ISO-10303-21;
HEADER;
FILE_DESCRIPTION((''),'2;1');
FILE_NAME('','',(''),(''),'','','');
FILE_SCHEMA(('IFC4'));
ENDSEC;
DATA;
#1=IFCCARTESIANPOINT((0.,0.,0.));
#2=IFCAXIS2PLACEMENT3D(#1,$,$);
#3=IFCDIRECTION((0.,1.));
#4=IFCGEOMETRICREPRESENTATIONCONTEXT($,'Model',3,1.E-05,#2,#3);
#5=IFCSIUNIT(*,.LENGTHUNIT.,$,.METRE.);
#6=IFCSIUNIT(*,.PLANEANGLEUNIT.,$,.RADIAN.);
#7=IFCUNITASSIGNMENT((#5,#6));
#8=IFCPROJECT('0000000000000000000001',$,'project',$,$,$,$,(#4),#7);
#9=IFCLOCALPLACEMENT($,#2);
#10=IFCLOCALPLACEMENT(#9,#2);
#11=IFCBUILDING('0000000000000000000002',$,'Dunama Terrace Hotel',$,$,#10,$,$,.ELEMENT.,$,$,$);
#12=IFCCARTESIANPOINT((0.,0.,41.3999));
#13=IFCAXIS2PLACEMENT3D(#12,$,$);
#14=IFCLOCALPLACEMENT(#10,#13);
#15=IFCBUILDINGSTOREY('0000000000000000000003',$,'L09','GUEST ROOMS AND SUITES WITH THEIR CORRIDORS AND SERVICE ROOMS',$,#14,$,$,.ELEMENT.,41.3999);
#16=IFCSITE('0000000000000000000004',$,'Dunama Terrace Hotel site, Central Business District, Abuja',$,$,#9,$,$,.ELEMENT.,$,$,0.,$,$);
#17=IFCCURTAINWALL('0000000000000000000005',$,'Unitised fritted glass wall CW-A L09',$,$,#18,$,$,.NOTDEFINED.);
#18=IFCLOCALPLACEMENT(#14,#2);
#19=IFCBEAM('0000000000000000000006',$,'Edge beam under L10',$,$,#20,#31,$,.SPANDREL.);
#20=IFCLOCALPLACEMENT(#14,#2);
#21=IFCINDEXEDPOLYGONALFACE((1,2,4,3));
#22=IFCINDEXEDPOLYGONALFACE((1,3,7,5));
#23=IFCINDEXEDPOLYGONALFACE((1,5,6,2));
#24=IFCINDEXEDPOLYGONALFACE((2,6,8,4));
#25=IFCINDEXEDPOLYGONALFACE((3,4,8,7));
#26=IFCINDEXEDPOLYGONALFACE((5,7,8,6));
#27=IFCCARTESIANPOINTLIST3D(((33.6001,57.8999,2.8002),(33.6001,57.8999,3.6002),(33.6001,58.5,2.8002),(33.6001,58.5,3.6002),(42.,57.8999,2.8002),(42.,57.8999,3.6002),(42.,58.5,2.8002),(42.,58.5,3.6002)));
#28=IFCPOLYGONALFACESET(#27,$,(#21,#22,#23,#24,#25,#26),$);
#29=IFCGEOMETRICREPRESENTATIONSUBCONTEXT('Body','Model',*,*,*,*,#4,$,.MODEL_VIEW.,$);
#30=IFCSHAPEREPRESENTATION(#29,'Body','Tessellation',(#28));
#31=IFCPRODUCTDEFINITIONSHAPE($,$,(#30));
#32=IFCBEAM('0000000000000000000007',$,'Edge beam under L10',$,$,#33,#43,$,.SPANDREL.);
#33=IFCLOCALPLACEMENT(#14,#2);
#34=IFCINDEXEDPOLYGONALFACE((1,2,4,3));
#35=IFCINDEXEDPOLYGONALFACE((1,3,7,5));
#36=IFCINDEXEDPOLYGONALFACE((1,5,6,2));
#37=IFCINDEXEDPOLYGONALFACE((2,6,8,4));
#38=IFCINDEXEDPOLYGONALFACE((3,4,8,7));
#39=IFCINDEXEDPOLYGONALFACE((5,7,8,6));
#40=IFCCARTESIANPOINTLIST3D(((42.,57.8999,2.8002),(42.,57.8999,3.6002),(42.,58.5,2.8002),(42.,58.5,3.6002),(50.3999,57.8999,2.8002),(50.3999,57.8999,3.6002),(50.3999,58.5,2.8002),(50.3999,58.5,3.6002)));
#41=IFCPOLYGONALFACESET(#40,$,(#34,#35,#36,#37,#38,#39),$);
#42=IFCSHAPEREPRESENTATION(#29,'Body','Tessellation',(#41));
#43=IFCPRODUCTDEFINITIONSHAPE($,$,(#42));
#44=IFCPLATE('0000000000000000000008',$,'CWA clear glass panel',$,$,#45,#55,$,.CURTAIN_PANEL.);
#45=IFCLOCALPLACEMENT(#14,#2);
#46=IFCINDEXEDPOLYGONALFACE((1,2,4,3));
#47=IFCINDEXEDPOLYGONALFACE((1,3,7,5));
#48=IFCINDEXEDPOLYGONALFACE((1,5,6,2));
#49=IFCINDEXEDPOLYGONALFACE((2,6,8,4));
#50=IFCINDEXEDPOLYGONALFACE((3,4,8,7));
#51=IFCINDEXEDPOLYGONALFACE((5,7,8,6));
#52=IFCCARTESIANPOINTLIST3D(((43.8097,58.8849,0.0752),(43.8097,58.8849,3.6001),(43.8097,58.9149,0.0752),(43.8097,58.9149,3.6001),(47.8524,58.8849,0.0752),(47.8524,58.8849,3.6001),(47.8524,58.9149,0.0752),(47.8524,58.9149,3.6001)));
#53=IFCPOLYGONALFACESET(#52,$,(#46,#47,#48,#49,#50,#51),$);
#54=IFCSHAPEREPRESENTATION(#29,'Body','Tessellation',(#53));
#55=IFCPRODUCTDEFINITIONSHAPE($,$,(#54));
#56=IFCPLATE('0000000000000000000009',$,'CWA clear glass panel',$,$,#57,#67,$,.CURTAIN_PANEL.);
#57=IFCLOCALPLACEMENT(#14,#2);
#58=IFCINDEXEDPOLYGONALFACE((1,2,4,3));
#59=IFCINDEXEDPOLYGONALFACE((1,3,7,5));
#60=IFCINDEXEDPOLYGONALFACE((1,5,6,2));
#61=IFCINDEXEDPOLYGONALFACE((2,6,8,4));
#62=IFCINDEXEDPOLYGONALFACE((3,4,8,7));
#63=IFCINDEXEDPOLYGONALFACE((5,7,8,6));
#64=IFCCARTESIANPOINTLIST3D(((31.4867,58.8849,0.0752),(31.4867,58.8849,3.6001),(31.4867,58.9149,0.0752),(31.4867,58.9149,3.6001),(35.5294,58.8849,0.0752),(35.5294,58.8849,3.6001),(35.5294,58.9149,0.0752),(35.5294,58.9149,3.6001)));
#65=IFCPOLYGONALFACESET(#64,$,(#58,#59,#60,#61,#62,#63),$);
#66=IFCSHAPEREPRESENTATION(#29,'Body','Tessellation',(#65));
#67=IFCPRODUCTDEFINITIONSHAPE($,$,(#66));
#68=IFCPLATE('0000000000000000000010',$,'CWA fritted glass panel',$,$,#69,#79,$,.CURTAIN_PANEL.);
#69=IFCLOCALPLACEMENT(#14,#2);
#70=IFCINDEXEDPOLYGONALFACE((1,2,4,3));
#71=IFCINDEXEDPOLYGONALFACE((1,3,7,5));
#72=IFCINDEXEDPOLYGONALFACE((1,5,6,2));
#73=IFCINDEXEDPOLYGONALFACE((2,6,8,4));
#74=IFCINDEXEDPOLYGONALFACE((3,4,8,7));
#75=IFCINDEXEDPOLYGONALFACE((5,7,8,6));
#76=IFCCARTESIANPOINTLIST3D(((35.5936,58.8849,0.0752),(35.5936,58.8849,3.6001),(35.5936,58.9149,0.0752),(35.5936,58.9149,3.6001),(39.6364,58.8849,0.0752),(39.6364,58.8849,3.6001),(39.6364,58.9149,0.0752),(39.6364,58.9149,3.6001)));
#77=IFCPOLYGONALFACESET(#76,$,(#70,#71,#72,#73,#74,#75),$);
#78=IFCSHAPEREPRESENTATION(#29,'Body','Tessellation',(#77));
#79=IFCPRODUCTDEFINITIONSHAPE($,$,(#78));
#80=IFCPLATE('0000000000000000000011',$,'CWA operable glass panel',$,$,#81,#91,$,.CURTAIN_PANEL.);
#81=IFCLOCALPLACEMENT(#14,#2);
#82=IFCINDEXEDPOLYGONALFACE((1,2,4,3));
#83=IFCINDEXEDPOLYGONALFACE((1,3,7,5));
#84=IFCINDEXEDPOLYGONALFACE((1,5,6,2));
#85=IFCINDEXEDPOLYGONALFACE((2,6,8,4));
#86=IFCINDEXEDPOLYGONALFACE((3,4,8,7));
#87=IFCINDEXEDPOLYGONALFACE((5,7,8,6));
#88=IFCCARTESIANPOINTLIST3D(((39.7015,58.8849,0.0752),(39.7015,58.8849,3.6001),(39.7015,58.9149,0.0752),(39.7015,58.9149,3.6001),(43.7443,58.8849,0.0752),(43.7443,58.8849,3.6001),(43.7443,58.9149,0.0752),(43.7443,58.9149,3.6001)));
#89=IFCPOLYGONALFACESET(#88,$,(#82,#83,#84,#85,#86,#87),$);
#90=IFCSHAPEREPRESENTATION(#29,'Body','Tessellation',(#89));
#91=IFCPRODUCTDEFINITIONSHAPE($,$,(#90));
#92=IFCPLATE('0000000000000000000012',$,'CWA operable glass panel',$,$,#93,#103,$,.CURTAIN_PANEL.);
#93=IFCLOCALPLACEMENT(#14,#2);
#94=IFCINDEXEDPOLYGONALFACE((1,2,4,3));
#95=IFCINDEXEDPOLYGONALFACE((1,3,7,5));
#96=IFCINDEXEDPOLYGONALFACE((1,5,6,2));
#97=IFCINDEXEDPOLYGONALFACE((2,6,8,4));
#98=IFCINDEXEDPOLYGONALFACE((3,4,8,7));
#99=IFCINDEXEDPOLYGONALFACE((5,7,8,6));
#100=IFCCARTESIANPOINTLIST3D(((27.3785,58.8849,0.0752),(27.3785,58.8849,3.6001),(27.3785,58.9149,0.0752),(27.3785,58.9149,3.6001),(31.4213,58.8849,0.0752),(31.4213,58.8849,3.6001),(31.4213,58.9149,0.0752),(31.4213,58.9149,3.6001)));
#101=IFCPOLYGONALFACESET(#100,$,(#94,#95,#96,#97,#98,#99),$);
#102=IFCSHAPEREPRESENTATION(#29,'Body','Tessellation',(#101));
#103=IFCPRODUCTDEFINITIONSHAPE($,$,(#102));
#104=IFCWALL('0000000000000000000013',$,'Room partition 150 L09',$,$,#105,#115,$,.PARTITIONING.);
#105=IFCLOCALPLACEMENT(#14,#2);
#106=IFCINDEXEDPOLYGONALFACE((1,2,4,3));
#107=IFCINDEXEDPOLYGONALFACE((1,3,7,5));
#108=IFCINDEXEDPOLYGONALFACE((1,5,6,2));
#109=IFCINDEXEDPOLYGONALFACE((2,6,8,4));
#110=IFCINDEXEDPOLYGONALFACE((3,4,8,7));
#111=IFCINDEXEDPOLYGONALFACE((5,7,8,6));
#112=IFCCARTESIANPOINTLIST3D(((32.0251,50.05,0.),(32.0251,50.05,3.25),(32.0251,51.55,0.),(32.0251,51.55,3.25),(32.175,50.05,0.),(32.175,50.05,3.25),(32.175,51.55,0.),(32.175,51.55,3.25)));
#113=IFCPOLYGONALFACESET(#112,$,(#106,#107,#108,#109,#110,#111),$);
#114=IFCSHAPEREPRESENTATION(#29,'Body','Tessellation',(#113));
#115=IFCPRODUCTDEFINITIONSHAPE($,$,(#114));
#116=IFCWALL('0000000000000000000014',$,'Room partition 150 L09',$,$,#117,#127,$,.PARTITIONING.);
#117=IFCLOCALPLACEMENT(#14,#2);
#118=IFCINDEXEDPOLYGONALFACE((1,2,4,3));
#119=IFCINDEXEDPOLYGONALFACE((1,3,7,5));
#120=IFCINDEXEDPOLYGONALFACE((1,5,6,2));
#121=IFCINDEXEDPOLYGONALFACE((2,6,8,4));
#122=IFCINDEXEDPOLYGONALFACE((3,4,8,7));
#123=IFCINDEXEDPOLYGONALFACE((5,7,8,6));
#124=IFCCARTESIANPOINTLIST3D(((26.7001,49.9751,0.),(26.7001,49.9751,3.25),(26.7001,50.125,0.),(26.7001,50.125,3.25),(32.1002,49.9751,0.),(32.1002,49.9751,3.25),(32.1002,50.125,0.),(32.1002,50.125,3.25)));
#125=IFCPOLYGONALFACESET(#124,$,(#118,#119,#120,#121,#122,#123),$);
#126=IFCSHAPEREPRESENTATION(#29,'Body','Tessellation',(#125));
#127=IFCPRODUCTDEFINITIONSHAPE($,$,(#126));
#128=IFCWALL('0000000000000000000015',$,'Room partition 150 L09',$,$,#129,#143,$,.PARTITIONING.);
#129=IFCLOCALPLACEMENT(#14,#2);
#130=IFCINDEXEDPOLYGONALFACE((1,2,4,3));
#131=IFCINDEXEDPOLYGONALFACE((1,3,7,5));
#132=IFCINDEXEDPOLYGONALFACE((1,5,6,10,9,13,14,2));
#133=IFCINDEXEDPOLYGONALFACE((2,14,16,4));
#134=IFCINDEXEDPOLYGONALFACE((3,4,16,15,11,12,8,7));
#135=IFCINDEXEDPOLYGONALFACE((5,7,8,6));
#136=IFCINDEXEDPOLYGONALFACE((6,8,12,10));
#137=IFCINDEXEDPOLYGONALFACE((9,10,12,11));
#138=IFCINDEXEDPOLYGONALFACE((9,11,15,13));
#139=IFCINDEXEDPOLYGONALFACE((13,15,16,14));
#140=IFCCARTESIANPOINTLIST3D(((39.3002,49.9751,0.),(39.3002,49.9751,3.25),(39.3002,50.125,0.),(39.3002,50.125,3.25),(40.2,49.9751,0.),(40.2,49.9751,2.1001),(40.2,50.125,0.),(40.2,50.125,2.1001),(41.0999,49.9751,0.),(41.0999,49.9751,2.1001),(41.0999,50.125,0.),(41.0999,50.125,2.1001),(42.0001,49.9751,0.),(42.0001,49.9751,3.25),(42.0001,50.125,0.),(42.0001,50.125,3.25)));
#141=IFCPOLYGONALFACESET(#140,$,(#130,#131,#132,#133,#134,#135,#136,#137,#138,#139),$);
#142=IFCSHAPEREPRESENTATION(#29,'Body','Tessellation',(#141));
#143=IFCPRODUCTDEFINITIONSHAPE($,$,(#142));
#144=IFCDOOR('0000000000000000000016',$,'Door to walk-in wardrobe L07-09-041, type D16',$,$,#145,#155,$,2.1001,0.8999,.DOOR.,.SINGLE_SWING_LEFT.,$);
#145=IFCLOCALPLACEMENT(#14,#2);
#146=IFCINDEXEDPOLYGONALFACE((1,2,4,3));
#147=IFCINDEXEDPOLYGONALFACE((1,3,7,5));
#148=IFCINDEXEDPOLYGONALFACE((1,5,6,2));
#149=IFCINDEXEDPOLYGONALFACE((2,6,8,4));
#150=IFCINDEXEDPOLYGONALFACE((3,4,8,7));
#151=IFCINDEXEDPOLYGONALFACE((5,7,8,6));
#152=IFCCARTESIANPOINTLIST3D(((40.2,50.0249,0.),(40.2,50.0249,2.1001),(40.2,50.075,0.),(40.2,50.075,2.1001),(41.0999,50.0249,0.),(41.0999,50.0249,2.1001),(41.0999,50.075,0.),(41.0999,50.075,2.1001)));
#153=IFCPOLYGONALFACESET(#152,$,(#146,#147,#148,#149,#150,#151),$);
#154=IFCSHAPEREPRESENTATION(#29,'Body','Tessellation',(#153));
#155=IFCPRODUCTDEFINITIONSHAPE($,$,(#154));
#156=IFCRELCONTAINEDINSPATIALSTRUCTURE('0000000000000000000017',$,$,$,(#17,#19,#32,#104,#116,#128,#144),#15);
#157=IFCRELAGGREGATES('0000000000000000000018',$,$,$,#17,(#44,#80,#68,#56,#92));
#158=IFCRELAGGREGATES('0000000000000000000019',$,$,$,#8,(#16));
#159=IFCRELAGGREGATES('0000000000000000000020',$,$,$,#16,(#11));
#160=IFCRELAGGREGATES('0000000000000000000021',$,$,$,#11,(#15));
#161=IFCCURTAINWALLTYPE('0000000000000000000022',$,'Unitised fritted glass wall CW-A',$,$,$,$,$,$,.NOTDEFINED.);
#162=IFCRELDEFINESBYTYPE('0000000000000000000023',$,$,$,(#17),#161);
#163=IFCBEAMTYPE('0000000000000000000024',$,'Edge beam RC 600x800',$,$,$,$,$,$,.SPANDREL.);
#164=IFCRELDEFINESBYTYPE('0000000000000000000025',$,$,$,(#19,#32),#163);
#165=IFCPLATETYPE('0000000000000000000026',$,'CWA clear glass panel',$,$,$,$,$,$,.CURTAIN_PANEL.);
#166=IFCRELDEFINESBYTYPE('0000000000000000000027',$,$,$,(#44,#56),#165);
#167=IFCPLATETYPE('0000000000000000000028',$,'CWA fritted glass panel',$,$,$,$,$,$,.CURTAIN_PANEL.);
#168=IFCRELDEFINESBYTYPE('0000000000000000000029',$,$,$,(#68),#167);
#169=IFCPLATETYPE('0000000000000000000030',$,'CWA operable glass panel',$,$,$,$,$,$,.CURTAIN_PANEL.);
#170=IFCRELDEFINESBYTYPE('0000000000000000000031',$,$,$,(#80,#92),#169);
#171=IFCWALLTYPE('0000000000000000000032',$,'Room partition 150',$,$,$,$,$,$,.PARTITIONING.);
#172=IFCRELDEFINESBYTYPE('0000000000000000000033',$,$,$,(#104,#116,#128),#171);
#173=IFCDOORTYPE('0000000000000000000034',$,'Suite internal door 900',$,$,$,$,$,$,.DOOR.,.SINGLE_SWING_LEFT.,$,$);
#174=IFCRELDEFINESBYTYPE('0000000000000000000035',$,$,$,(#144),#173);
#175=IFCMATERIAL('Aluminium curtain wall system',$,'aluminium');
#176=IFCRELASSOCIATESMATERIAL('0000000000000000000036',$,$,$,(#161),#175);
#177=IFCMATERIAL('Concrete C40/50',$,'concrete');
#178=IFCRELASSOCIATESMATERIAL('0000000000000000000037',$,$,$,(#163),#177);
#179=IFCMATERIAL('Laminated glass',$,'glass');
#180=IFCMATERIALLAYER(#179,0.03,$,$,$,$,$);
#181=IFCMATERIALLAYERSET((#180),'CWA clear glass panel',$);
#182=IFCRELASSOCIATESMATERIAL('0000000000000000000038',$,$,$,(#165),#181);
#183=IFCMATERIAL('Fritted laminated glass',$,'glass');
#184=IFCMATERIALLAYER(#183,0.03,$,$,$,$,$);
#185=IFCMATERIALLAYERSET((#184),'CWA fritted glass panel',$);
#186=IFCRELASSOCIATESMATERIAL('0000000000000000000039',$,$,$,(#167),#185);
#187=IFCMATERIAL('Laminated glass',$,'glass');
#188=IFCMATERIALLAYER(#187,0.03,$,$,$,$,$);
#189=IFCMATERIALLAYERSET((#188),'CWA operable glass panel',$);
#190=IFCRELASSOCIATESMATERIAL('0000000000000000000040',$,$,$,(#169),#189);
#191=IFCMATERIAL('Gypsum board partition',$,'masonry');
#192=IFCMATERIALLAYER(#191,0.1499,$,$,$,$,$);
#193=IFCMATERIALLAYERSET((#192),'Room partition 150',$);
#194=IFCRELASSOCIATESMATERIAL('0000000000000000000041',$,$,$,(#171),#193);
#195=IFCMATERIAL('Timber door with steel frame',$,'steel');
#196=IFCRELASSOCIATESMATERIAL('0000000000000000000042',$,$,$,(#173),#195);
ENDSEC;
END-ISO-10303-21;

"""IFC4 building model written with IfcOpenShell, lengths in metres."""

from ifc_helpers import new_model, si_unit, direction, frame, frame_2d, origin, origin_2d, place, context, subcontext, project, spatial, rectangle, extrude, material, layer, layer_set, material_profile, profile_set, type_object, element, fill, aggregate, save


model = new_model("IFC4")

# Units and contexts
model_context = context("Model", 3, precision=1e-05, world=origin(), true_north=direction((0.0, 1.0)))
body_context = subcontext(model_context, "Body", "Model", "MODEL_VIEW")
ifc_project = project(units=[si_unit("LENGTHUNIT", "METRE"), si_unit("PLANEANGLEUNIT", "RADIAN")], contexts=[model_context])

# Site, building, storey
site_placement = place(None, origin())
site = spatial("IfcSite", under=ifc_project, at=site_placement, Name="Dunama Terrace Hotel site, Central Business District, Abuja", CompositionType="ELEMENT", RefElevation=0.0)
building_placement = place(site_placement, origin())
building = spatial("IfcBuilding", under=site, at=building_placement, Name="Dunama Terrace Hotel", CompositionType="ELEMENT")
storey_placement = place(building_placement, frame((0.0, 0.0, 41.3999)))
storey = spatial("IfcBuildingStorey", under=building, at=storey_placement, Name="L09", Description="GUEST ROOMS AND SUITES WITH THEIR CORRIDORS AND SERVICE ROOMS", CompositionType="ELEMENT", Elevation=41.3999)

# Curtain wall
ifc_material_1 = material(Name="Aluminium curtain wall system", Category="aluminium")
curtain_wall_type = type_object("IfcCurtainWallType", Name="Unitised fritted glass wall CW-A", PredefinedType="NOTDEFINED", material=ifc_material_1)
curtain_wall_placement = place(storey_placement, origin())
curtain_wall = element("IfcCurtainWall", 1, at=curtain_wall_placement, inside=storey, type_object=curtain_wall_type, Name="Unitised fritted glass wall CW-A L09", PredefinedType="NOTDEFINED")

# Beams
ifc_material_2 = material(Name="Concrete C40/50", Category="concrete")
ifc_material_profile_1 = material_profile(ifc_material_2, rectangle(XDim=0.6001, YDim=0.8, at=origin_2d()), Name="RC 600x800")
ifc_profile_set_1 = profile_set([ifc_material_profile_1], Name="Concrete C40/50")
beam_type = type_object("IfcBeamType", Name="Edge beam RC 600x800", PredefinedType="SPANDREL", material=ifc_profile_set_1)
for number, where, z_axis, x_axis, name in (
    (2, (33.6001, 58.2, 3.2002), (1.0, 0.0, 0.0), (0.0, 1.0, 0.0), "Edge beam under L10"),
    (3, (42.0, 58.2, 3.2002), (1.0, 0.0, 0.0), (0.0, 1.0, 0.0), "Edge beam under L10"),
):
    element("IfcBeam", number, at=place(storey_placement, frame(where, z_axis=z_axis, x_axis=x_axis)), inside=storey, type_object=beam_type, Name=name, PredefinedType="SPANDREL", context=body_context, shape_type="SweptSolid", body=[
        extrude(rectangle(XDim=0.6001, YDim=0.8, at=origin_2d()), origin(), (0.0, 0.0, 1.0), 8.3999),
    ])

# Plates
ifc_material_3 = material(Name="Laminated glass", Category="glass")
ifc_layer_1 = layer(ifc_material_3, 0.03)
ifc_layer_set_1 = layer_set([ifc_layer_1], Name="CWA clear glass panel")
plate_type_1 = type_object("IfcPlateType", Name="CWA clear glass panel", PredefinedType="CURTAIN_PANEL", material=ifc_layer_set_1)
plate_1_placement = place(storey_placement, frame((45.8311, 58.8999, 0.0752), z_axis=(0.0, 0.0, 1.0), x_axis=(-1.0, 0.0, 0.0)))
plate_1 = element("IfcPlate", 4, at=plate_1_placement, type_object=plate_type_1, Name="CWA clear glass panel", PredefinedType="CURTAIN_PANEL", context=body_context, shape_type="SweptSolid", body=[
    extrude(rectangle(XDim=4.0427, YDim=0.03, at=origin_2d()), origin(), (0.0, 0.0, 1.0), 3.5249),
])
plate_2_placement = place(storey_placement, frame((33.5081, 58.8999, 0.0752), z_axis=(0.0, 0.0, 1.0), x_axis=(-1.0, 0.0, 0.0)))
plate_2 = element("IfcPlate", 5, at=plate_2_placement, type_object=plate_type_1, Name="CWA clear glass panel", PredefinedType="CURTAIN_PANEL", context=body_context, shape_type="SweptSolid", body=[
    extrude(rectangle(XDim=4.0427, YDim=0.03, at=origin_2d()), origin(), (0.0, 0.0, 1.0), 3.5249),
])
ifc_material_4 = material(Name="Fritted laminated glass", Category="glass")
ifc_layer_2 = layer(ifc_material_4, 0.03)
ifc_layer_set_2 = layer_set([ifc_layer_2], Name="CWA fritted glass panel")
plate_type_2 = type_object("IfcPlateType", Name="CWA fritted glass panel", PredefinedType="CURTAIN_PANEL", material=ifc_layer_set_2)
plate_3_placement = place(storey_placement, frame((37.615, 58.8999, 0.0752), z_axis=(0.0, 0.0, 1.0), x_axis=(-1.0, 0.0, 0.0)))
plate_3 = element("IfcPlate", 6, at=plate_3_placement, type_object=plate_type_2, Name="CWA fritted glass panel", PredefinedType="CURTAIN_PANEL", context=body_context, shape_type="SweptSolid", body=[
    extrude(rectangle(XDim=4.0427, YDim=0.03, at=origin_2d()), origin(), (0.0, 0.0, 1.0), 3.5249),
])
ifc_material_5 = material(Name="Laminated glass", Category="glass")
ifc_layer_3 = layer(ifc_material_5, 0.03)
ifc_layer_set_3 = layer_set([ifc_layer_3], Name="CWA operable glass panel")
plate_type_3 = type_object("IfcPlateType", Name="CWA operable glass panel", PredefinedType="CURTAIN_PANEL", material=ifc_layer_set_3)
plate_4_placement = place(storey_placement, frame((41.7229, 58.8999, 0.0752), z_axis=(0.0, 0.0, 1.0), x_axis=(-1.0, 0.0, 0.0)))
plate_4 = element("IfcPlate", 7, at=plate_4_placement, type_object=plate_type_3, Name="CWA operable glass panel", PredefinedType="CURTAIN_PANEL", context=body_context, shape_type="SweptSolid", body=[
    extrude(rectangle(XDim=4.0427, YDim=0.03, at=origin_2d()), origin(), (0.0, 0.0, 1.0), 3.5249),
])
plate_5_placement = place(storey_placement, frame((29.3999, 58.8999, 0.0752), z_axis=(0.0, 0.0, 1.0), x_axis=(-1.0, 0.0, 0.0)))
plate_5 = element("IfcPlate", 8, at=plate_5_placement, type_object=plate_type_3, Name="CWA operable glass panel", PredefinedType="CURTAIN_PANEL", context=body_context, shape_type="SweptSolid", body=[
    extrude(rectangle(XDim=4.0427, YDim=0.03, at=origin_2d()), origin(), (0.0, 0.0, 1.0), 3.5249),
])
aggregate(curtain_wall, [plate_1, plate_4, plate_3, plate_2, plate_5])

# Walls
ifc_material_6 = material(Name="Gypsum board partition", Category="masonry")
ifc_layer_4 = layer(ifc_material_6, 0.1499)
ifc_layer_set_4 = layer_set([ifc_layer_4], Name="Room partition 150")
wall_type = type_object("IfcWallType", Name="Room partition 150", PredefinedType="PARTITIONING", material=ifc_layer_set_4)
wall_1_placement = place(storey_placement, frame((32.1001, 50.05, 0.0), z_axis=(0.0, 0.0, 1.0), x_axis=(0.0, 1.0, 0.0)))
element("IfcWall", 9, at=wall_1_placement, inside=storey, type_object=wall_type, Name="Room partition 150 L09", PredefinedType="PARTITIONING", context=body_context, shape_type="SweptSolid", body=[
    extrude(rectangle(XDim=1.5, YDim=0.1499, at=frame_2d((0.75, 0.0))), origin(), (0.0, 0.0, 1.0), 3.25),
])
wall_2_placement = place(storey_placement, frame((26.7, 50.05, 0.0), z_axis=(0.0, 0.0, 1.0), x_axis=(1.0, 0.0, 0.0)))
element("IfcWall", 10, at=wall_2_placement, inside=storey, type_object=wall_type, Name="Room partition 150 L09", PredefinedType="PARTITIONING", context=body_context, shape_type="SweptSolid", body=[
    extrude(rectangle(XDim=5.4001, YDim=0.1499, at=frame_2d((2.7002, 0.0))), origin(), (0.0, 0.0, 1.0), 3.25),
])

# Wall, opening, door
wall_3_placement = place(storey_placement, frame((39.3, 50.05, 0.0), z_axis=(0.0, 0.0, 1.0), x_axis=(1.0, 0.0, 0.0)))
wall_3 = element("IfcWall", 11, at=wall_3_placement, inside=storey, type_object=wall_type, Name="Room partition 150 L09", PredefinedType="PARTITIONING", context=body_context, shape_type="SweptSolid", body=[
    extrude(rectangle(XDim=2.7, YDim=0.1499, at=frame_2d((1.3501, 0.0))), origin(), (0.0, 0.0, 1.0), 3.25),
])
opening_1_placement = place(wall_3_placement, frame((0.8999, 0.0, 0.0)))
opening_1 = element("IfcOpeningElement", 12, at=opening_1_placement, cuts=wall_3, PredefinedType="OPENING", context=body_context, shape_type="SweptSolid", body=[
    extrude(rectangle(XDim=0.8999, YDim=2.1001, at=frame_2d((0.45, 1.05))), frame((0.0, 0.085, 0.0), z_axis=(0.0, -1.0, 0.0), x_axis=(1.0, 0.0, 0.0)), (0.0, 0.0, 1.0), 0.1699),
])
ifc_material_7 = material(Name="Timber door with steel frame", Category="steel")
door_type = type_object("IfcDoorType", Name="Suite internal door 900", OperationType="SINGLE_SWING_LEFT", PredefinedType="DOOR", material=ifc_material_7)
door_1_placement = place(opening_1_placement, frame((0.8999, 0.0, 0.0), z_axis=(0.0, 0.0, 1.0), x_axis=(-1.0, 0.0, 0.0)))
door_1 = element("IfcDoor", 13, at=door_1_placement, inside=storey, type_object=door_type, Name="Door to walk-in wardrobe L07-09-041, type D16", OperationType="SINGLE_SWING_LEFT", OverallHeight=2.1001, OverallWidth=0.8999, PredefinedType="DOOR", context=body_context, shape_type="SweptSolid", body=[
    extrude(rectangle(XDim=0.8999, YDim=2.1001, at=frame_2d((0.45, 1.05))), frame((0.0, 0.0251, 0.0), z_axis=(0.0, -1.0, 0.0), x_axis=(1.0, 0.0, 0.0)), (0.0, 0.0, 1.0), 0.05),
])
fill(opening_1, door_1)

save(model, "model.ifc")
